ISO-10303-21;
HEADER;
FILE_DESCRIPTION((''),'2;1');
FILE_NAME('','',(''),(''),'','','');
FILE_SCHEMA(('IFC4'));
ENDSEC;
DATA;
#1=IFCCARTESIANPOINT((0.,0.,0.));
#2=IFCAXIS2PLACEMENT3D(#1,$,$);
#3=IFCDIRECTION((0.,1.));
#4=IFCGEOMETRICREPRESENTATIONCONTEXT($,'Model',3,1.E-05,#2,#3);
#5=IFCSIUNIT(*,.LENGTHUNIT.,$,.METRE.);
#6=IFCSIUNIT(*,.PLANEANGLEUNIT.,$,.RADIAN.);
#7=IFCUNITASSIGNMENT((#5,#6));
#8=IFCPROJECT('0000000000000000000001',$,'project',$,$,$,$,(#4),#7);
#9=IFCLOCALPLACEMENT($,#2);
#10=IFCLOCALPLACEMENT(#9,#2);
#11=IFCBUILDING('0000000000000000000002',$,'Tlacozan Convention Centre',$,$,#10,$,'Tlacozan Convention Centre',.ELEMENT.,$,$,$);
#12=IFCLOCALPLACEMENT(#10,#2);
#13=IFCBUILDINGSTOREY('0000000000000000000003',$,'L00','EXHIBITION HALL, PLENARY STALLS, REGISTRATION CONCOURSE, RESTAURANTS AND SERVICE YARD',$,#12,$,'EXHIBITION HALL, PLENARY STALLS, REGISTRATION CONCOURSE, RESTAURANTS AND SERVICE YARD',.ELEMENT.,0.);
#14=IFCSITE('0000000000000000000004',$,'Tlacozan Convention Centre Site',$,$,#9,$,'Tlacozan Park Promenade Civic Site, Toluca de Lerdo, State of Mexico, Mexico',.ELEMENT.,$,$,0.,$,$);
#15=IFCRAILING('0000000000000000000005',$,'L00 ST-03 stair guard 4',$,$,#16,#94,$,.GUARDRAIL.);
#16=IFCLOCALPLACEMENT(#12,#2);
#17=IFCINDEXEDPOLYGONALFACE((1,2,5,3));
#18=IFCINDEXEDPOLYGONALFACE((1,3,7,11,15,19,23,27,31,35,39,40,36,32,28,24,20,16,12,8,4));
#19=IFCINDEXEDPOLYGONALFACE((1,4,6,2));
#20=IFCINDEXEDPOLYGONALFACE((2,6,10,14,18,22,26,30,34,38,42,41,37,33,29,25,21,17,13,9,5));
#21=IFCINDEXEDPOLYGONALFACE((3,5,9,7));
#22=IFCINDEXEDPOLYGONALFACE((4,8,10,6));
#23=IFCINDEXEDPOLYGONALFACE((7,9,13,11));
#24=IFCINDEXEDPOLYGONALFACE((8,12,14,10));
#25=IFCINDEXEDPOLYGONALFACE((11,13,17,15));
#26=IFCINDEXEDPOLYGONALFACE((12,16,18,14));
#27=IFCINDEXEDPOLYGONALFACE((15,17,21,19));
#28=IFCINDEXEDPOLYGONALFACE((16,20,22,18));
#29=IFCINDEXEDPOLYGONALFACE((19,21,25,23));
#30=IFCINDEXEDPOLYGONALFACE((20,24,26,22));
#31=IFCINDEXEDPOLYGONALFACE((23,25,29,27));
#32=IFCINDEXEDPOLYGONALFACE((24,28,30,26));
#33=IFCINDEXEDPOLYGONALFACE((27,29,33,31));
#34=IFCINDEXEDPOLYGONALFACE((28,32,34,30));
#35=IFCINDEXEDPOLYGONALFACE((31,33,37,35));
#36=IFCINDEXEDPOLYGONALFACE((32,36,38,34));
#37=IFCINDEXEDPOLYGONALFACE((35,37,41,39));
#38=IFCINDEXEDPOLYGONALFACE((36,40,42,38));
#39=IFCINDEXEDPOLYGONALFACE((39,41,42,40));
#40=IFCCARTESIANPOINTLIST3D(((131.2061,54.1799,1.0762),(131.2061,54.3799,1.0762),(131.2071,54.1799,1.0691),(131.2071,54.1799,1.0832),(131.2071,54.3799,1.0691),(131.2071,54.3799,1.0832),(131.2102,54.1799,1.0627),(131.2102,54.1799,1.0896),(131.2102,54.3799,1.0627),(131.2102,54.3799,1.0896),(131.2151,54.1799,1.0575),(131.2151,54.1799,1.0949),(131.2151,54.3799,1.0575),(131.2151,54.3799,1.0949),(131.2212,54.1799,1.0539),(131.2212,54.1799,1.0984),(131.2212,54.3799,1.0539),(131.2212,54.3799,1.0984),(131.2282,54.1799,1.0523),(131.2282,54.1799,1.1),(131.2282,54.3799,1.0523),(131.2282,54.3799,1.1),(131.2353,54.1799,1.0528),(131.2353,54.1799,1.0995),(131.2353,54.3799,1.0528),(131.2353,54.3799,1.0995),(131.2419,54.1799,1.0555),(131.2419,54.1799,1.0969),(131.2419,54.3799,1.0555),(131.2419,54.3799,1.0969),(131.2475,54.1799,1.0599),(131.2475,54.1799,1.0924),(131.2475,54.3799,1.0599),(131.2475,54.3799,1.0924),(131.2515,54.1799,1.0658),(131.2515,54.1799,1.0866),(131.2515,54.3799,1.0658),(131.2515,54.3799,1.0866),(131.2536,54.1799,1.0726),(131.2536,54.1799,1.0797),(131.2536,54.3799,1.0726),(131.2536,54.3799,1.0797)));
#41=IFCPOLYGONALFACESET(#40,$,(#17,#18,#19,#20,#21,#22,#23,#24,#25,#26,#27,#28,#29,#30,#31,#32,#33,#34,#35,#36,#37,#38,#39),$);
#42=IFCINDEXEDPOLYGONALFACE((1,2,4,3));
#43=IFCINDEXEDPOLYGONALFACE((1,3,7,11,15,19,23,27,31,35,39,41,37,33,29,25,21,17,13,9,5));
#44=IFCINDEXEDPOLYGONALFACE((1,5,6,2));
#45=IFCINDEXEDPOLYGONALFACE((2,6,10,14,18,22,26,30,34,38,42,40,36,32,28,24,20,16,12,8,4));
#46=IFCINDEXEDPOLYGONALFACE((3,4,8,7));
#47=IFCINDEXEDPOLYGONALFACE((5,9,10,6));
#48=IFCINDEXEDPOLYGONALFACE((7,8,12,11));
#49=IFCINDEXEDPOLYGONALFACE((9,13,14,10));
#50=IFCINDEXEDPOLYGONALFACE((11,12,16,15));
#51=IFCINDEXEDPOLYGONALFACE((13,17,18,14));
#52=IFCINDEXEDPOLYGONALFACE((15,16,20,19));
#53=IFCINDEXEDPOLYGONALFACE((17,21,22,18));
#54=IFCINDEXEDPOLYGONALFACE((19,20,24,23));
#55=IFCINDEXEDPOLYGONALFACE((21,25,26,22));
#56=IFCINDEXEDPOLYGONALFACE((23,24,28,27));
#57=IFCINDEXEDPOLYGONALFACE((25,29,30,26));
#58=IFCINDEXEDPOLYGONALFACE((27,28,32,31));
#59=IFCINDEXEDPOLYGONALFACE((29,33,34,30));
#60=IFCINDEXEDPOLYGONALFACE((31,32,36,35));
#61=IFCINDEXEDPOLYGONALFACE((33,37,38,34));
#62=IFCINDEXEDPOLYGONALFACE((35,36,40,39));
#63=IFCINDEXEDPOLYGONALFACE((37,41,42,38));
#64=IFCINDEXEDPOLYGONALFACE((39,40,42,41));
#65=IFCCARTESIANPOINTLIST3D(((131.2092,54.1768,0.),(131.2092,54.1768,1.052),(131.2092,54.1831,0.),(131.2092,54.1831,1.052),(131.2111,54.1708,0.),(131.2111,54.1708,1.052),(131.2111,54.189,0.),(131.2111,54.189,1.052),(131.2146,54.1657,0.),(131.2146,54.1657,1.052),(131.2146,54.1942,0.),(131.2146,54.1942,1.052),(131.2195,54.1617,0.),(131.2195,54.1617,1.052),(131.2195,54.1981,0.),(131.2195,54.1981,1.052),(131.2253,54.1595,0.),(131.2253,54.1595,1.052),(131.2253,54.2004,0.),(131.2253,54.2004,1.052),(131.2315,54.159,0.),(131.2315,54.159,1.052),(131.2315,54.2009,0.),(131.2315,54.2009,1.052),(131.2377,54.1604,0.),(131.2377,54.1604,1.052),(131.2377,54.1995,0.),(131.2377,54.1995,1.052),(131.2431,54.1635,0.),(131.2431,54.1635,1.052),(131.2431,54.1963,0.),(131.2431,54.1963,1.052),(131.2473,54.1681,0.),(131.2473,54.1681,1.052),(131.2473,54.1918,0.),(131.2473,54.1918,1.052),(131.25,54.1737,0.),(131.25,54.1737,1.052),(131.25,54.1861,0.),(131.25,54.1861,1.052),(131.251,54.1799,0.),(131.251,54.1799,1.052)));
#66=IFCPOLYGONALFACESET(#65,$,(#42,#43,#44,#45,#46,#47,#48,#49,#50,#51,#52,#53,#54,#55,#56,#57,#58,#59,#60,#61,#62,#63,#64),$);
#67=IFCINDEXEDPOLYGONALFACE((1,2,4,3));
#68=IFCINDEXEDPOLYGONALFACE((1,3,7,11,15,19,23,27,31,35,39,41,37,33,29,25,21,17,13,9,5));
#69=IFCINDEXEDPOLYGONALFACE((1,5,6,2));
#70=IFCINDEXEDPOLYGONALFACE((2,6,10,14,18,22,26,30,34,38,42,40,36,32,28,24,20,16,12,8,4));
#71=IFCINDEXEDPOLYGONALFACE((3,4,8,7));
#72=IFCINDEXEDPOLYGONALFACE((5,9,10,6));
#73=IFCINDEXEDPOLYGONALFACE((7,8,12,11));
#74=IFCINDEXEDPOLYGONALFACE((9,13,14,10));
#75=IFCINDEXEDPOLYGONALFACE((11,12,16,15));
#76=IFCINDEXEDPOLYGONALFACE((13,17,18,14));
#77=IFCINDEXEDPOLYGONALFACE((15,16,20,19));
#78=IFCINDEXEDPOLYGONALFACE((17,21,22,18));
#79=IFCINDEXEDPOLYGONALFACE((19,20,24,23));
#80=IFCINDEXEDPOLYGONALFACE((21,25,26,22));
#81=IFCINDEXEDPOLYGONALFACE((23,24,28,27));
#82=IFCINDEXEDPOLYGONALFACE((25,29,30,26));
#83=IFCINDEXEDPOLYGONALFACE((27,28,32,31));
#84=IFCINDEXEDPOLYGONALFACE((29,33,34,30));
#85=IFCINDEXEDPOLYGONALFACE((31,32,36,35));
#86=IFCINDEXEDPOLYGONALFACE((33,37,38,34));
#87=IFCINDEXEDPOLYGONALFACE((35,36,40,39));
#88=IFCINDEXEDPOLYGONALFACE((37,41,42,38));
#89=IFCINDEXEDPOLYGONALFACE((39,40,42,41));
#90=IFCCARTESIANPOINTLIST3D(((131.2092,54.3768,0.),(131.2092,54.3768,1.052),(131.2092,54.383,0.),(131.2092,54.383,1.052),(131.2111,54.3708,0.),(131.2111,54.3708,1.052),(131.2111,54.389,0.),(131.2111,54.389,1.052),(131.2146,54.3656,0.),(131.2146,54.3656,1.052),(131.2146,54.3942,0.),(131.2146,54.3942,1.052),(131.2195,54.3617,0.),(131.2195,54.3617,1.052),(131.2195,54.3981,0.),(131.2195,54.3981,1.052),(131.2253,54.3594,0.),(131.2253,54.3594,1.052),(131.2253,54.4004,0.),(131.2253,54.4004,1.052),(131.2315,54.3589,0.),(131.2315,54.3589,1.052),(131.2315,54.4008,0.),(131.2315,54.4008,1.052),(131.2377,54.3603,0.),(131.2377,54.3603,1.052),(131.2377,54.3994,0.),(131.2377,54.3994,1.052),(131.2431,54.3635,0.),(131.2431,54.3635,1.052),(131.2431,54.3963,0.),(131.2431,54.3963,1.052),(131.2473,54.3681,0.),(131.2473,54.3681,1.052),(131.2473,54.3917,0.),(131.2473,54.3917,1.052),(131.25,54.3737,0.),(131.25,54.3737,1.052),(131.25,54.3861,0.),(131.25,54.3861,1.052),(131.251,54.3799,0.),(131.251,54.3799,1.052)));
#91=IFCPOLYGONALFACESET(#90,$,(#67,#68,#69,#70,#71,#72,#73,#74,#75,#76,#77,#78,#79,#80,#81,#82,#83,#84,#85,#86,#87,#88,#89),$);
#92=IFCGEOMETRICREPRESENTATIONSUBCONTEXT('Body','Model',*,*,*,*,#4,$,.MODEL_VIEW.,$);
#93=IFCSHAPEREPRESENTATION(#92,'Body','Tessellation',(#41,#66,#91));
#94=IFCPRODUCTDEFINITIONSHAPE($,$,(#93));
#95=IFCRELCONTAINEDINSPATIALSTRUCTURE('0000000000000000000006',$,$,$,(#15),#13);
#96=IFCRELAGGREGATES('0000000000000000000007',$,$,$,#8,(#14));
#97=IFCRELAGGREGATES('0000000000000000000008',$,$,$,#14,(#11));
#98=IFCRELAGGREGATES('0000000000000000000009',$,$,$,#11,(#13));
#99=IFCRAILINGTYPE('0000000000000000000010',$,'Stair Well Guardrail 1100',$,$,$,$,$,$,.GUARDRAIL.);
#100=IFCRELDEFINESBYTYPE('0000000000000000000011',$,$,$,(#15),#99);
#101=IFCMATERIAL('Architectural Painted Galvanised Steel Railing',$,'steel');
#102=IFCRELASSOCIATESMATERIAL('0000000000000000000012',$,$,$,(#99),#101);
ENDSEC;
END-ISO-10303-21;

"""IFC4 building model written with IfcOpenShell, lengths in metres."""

from ifc_helpers import new_model, si_unit, direction, frame, origin, origin_2d, place, context, subcontext, project, spatial, circle, extrude, material, type_object, element, save


model = new_model("IFC4")

# Units and contexts
model_context = context("Model", 3, precision=1e-05, world=origin(), true_north=direction((0.0, 1.0)))
body_context = subcontext(model_context, "Body", "Model", "MODEL_VIEW")
ifc_project = project(units=[si_unit("LENGTHUNIT", "METRE"), si_unit("PLANEANGLEUNIT", "RADIAN")], contexts=[model_context])

# Site, building, storey
site_placement = place(None, origin())
site = spatial("IfcSite", under=ifc_project, at=site_placement, Name="Tlacozan Convention Centre Site", LongName="Tlacozan Park Promenade Civic Site, Toluca de Lerdo, State of Mexico, Mexico", CompositionType="ELEMENT", RefElevation=0.0)
building_placement = place(site_placement, origin())
building = spatial("IfcBuilding", under=site, at=building_placement, Name="Tlacozan Convention Centre", LongName="Tlacozan Convention Centre", CompositionType="ELEMENT")
storey_placement = place(building_placement, origin())
storey = spatial("IfcBuildingStorey", under=building, at=storey_placement, Name="L00", Description="EXHIBITION HALL, PLENARY STALLS, REGISTRATION CONCOURSE, RESTAURANTS AND SERVICE YARD", LongName="EXHIBITION HALL, PLENARY STALLS, REGISTRATION CONCOURSE, RESTAURANTS AND SERVICE YARD", CompositionType="ELEMENT", Elevation=0.0)

# Railing
ifc_material_1 = material(Name="Architectural Painted Galvanised Steel Railing", Category="steel")
railing_type_1 = type_object("IfcRailingType", Name="Stair Well Guardrail 1100", PredefinedType="GUARDRAIL", material=ifc_material_1)
railing_1_placement = place(storey_placement, frame((131.23, 54.1799, 0.0)))
element("IfcRailing", 1, at=railing_1_placement, inside=storey, type_object=railing_type_1, Name="L00 ST-03 stair guard 4", PredefinedType="GUARDRAIL", context=body_context, shape_type="SweptSolid", body=[
    extrude(circle(Radius=0.0239, at=origin_2d()), frame((0.0, 0.0, 1.0762), z_axis=(0.0, 1.0, 0.0), x_axis=(-1.0, 0.0, 0.0)), (0.0, 0.0, 1.0), 0.2),
    extrude(circle(Radius=0.021, at=origin_2d()), origin(), (0.0, 0.0, 1.0), 1.052),
    extrude(circle(Radius=0.021, at=origin_2d()), frame((0.0, 0.2, 0.0)), (0.0, 0.0, 1.0), 1.052),
])

save(model, "model.ifc")
